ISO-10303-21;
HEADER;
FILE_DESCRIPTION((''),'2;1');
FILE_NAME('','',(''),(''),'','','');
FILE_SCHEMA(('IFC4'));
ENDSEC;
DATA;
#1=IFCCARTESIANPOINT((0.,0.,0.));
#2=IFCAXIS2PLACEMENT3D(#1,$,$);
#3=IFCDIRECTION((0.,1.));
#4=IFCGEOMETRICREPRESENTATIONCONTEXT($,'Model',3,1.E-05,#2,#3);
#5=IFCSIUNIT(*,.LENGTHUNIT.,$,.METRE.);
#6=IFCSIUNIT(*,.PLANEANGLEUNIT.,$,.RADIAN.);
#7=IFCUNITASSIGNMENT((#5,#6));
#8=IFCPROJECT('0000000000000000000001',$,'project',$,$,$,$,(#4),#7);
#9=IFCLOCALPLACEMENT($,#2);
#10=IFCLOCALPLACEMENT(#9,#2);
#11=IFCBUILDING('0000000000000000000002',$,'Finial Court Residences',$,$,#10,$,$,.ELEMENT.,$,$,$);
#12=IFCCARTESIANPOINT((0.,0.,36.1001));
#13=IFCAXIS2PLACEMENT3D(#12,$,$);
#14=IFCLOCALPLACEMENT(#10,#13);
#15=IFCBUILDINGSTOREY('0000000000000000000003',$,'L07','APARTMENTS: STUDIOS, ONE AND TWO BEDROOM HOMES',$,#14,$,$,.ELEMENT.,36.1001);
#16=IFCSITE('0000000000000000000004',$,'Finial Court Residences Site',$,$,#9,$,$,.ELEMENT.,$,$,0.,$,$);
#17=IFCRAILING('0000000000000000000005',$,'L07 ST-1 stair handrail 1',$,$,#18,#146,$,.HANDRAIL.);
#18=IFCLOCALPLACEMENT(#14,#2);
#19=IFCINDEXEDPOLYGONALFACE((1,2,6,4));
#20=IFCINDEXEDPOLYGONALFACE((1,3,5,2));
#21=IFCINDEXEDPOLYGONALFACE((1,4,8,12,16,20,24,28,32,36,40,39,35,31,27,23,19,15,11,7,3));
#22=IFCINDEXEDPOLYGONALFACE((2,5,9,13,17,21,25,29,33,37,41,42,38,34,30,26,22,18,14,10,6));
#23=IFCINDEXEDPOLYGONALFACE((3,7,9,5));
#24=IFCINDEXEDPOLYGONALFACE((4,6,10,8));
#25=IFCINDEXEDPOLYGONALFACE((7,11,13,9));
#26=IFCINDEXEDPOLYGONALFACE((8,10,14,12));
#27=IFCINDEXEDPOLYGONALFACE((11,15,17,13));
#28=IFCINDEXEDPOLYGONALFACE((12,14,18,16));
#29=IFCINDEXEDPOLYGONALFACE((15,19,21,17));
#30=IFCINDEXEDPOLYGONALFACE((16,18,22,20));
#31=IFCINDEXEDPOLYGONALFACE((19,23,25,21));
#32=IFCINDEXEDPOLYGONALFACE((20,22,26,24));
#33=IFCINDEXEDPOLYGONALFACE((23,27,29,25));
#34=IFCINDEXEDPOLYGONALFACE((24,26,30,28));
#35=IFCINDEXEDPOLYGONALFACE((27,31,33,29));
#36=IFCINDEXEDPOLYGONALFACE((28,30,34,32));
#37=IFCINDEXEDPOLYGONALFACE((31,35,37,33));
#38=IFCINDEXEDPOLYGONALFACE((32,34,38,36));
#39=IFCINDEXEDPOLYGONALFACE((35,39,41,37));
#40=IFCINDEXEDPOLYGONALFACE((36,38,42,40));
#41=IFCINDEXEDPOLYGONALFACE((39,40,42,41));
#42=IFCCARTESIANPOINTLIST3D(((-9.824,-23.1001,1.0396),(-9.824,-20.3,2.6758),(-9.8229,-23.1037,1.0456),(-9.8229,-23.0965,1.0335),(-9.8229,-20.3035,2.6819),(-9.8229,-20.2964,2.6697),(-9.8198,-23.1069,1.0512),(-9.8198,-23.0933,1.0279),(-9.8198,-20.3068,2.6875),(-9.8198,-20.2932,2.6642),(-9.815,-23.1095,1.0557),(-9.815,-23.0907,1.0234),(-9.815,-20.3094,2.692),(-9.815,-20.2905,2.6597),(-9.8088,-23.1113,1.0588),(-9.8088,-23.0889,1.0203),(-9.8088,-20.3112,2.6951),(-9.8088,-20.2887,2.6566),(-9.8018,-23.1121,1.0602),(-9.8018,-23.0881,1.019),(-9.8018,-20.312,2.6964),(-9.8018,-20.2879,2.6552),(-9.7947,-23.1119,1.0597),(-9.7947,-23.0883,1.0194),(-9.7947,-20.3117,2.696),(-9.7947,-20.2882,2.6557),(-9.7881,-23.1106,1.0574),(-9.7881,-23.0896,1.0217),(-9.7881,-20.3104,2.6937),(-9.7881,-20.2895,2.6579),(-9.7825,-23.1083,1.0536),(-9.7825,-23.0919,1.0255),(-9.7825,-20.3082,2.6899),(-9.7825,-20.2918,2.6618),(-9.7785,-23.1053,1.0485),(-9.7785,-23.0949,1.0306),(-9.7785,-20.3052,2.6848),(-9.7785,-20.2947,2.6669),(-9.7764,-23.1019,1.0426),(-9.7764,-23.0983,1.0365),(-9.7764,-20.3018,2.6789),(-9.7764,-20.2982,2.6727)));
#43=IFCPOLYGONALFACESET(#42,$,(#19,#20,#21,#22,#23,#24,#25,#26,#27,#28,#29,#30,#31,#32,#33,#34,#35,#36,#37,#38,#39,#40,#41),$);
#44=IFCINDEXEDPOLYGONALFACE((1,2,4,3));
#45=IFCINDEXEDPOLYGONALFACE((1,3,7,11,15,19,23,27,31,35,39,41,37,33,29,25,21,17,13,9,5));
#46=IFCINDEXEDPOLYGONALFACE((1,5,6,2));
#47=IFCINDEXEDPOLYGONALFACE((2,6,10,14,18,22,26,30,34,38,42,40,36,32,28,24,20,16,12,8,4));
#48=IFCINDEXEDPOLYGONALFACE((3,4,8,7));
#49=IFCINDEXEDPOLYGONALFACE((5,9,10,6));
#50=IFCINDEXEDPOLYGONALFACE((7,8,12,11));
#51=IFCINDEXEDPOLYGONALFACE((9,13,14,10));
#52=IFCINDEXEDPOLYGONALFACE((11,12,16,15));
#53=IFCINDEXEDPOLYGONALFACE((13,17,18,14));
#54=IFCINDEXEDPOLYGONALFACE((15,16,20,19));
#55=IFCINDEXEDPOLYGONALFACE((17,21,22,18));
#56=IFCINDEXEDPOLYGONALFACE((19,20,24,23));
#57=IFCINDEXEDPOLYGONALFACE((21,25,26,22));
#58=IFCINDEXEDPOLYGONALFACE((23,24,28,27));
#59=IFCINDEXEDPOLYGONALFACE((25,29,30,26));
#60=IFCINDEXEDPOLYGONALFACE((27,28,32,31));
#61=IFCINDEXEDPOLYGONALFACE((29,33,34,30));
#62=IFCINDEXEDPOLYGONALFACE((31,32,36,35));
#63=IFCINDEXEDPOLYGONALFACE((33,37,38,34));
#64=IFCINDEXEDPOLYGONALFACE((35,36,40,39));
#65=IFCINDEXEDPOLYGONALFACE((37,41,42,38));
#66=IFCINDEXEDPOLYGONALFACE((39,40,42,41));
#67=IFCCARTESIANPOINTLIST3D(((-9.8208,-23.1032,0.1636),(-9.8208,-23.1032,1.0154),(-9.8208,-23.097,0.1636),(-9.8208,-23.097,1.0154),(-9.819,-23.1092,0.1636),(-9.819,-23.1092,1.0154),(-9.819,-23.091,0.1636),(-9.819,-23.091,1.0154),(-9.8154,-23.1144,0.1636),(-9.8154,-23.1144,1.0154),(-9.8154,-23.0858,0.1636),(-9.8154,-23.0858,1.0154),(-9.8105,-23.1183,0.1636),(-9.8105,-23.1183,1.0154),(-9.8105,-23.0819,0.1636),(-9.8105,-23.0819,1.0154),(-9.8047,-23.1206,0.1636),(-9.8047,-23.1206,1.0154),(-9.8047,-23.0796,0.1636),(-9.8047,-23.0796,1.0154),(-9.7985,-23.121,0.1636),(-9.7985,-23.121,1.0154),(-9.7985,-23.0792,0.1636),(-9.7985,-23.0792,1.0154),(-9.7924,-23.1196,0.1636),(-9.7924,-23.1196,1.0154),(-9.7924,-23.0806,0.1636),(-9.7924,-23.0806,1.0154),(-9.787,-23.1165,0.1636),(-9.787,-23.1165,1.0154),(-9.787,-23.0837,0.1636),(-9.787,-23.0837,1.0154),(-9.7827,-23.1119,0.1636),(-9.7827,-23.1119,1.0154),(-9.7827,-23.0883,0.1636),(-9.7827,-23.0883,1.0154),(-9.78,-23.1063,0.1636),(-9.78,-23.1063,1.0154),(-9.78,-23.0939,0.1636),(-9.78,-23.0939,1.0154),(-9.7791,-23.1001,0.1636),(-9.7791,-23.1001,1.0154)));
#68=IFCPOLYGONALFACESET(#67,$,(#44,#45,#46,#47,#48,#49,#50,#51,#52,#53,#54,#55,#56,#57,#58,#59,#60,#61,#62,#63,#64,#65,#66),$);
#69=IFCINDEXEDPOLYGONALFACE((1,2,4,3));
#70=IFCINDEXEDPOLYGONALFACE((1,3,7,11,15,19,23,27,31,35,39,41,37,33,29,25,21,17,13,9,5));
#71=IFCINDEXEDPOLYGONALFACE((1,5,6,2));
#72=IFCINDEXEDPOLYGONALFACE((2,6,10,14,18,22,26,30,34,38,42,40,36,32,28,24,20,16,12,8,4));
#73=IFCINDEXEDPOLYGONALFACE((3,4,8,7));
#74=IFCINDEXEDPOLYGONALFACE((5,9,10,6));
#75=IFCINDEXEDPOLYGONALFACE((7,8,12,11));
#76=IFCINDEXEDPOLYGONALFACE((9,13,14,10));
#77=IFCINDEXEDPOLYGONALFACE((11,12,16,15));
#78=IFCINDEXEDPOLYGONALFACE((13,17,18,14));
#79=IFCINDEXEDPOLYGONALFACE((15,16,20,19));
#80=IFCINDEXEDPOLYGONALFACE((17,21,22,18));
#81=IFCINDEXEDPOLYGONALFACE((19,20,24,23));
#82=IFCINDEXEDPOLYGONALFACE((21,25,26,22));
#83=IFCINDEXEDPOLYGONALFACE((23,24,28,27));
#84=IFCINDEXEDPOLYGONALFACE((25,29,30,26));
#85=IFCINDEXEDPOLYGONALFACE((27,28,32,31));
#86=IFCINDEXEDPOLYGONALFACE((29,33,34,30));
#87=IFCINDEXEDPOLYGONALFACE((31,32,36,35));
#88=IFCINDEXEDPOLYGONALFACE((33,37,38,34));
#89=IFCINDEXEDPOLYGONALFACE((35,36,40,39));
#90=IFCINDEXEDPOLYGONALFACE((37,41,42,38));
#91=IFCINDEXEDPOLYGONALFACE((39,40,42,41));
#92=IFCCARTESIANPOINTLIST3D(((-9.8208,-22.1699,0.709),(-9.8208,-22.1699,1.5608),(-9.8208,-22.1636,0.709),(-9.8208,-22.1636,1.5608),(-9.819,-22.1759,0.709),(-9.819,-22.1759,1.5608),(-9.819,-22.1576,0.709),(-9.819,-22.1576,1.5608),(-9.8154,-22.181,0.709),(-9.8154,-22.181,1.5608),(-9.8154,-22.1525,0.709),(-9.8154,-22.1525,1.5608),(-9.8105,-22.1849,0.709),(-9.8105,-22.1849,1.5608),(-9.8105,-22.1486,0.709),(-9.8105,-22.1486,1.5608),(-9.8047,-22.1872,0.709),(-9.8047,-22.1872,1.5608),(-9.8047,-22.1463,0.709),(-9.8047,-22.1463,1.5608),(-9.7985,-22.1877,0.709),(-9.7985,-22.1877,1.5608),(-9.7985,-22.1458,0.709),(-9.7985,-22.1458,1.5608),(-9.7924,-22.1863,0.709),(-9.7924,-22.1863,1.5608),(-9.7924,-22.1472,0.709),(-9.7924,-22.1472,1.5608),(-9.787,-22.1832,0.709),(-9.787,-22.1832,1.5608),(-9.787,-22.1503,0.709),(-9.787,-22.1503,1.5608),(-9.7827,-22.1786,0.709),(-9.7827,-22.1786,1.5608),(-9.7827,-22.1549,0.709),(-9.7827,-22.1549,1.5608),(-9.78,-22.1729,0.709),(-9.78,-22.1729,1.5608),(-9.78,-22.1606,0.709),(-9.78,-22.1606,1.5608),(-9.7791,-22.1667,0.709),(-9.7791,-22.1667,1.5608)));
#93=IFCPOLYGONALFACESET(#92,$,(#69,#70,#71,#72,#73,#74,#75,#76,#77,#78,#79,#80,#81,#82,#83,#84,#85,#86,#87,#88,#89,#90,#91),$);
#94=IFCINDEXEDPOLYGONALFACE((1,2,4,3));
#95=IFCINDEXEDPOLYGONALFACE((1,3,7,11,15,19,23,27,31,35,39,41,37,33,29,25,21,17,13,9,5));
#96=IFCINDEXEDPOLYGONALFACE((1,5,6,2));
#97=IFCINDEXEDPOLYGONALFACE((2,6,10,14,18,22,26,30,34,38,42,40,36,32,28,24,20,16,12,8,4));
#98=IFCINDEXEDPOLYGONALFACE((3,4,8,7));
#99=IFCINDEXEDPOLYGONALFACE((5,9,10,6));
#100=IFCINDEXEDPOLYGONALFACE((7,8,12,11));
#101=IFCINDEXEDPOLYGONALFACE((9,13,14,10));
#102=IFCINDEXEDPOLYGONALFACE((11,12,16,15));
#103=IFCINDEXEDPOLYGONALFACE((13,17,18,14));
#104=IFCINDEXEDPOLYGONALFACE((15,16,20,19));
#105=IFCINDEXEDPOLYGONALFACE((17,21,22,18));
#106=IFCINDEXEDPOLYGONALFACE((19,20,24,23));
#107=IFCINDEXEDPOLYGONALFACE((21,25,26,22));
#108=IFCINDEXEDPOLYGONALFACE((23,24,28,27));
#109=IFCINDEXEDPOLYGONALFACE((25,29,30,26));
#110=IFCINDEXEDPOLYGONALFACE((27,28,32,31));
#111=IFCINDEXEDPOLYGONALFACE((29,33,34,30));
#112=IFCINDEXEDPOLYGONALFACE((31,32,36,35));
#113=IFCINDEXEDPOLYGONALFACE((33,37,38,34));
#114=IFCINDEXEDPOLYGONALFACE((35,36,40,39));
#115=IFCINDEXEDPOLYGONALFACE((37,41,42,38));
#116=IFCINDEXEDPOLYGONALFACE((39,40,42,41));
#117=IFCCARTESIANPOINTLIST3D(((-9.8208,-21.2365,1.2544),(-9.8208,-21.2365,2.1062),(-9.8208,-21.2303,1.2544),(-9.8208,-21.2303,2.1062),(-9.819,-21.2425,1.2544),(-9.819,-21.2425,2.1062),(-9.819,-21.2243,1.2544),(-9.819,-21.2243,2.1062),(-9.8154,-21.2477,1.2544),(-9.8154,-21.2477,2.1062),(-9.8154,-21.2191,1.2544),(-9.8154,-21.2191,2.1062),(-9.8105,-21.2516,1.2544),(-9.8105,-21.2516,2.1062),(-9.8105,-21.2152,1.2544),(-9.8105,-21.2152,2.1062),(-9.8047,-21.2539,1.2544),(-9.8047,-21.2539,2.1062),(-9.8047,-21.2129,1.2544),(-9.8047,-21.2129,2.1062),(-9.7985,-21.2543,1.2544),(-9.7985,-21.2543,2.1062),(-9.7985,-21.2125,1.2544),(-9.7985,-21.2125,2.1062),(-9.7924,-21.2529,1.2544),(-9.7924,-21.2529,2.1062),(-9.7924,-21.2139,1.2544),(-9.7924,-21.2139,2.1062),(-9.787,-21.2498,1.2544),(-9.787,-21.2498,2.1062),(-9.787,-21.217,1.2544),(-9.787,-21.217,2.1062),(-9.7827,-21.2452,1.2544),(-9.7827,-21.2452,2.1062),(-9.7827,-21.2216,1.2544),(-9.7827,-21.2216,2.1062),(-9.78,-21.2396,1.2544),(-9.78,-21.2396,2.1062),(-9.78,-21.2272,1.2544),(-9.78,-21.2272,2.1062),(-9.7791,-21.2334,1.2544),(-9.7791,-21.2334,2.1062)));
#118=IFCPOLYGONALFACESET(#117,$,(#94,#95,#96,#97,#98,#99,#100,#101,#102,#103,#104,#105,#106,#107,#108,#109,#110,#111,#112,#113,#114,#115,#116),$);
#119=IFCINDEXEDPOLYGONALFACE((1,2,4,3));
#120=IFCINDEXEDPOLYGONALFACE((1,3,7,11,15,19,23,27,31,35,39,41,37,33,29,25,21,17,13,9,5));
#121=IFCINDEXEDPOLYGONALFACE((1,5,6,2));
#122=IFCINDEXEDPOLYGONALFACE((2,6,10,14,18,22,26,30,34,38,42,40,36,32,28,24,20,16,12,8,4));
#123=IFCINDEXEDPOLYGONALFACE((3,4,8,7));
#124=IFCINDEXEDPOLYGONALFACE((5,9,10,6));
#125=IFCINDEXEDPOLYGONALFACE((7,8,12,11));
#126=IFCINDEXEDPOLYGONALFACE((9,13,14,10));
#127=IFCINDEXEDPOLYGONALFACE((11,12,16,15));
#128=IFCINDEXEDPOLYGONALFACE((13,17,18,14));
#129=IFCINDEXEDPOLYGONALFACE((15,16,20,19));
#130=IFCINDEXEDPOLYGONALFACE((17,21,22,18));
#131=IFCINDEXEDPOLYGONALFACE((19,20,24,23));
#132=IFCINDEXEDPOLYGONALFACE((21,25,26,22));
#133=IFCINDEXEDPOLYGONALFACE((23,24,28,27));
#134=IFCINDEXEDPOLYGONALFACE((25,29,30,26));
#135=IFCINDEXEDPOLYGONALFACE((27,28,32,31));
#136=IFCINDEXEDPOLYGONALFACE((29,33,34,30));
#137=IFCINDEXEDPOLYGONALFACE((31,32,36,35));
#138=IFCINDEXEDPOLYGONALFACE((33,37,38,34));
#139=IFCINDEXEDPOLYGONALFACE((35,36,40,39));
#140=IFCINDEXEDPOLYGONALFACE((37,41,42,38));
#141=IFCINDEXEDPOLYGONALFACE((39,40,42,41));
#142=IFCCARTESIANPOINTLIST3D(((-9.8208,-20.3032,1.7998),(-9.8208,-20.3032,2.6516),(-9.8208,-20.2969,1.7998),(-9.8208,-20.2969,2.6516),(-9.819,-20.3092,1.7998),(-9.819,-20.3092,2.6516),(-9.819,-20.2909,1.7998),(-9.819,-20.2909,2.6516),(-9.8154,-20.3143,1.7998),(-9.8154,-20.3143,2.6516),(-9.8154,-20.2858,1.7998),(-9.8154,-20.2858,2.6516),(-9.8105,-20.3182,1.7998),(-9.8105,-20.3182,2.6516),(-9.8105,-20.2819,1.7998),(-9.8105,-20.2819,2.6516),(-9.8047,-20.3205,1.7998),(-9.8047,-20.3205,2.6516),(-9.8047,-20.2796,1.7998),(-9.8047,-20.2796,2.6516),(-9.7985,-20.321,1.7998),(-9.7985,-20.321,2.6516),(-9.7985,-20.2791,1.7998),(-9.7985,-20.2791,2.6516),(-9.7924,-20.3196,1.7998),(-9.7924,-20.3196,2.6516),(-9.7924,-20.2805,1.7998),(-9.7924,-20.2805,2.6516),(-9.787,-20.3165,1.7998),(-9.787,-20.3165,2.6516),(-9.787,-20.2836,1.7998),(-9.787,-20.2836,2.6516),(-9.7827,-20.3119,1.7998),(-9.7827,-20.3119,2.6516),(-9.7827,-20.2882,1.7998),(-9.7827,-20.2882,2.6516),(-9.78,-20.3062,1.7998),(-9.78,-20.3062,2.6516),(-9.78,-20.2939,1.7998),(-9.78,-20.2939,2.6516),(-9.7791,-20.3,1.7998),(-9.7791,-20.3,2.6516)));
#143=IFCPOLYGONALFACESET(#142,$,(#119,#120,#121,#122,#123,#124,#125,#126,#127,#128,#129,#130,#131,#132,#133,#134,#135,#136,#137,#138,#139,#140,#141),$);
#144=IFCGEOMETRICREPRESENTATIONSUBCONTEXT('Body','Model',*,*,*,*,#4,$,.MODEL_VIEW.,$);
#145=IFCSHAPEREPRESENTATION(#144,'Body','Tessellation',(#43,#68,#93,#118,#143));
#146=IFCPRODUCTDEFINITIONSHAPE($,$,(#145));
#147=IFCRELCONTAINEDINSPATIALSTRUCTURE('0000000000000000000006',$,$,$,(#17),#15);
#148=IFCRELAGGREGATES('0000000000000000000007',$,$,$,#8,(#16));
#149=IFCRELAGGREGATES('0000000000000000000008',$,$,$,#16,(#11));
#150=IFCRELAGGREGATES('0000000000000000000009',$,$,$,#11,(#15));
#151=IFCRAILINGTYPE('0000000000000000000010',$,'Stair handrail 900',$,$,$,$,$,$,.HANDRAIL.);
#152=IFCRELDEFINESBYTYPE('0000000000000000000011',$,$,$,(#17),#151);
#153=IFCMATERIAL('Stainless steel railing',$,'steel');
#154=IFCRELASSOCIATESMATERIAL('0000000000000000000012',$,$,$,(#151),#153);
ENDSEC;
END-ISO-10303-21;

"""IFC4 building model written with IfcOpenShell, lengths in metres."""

from ifc_helpers import new_model, si_unit, direction, frame, origin, origin_2d, place, context, subcontext, project, spatial, circle, extrude, material, type_object, element, save


model = new_model("IFC4")

# Units and contexts
model_context = context("Model", 3, precision=1e-05, world=origin(), true_north=direction((0.0, 1.0)))
body_context = subcontext(model_context, "Body", "Model", "MODEL_VIEW")
ifc_project = project(units=[si_unit("LENGTHUNIT", "METRE"), si_unit("PLANEANGLEUNIT", "RADIAN")], contexts=[model_context])

# Site, building, storey
site_placement = place(None, origin())
site = spatial("IfcSite", under=ifc_project, at=site_placement, Name="Finial Court Residences Site", CompositionType="ELEMENT", RefElevation=0.0)
building_placement = place(site_placement, origin())
building = spatial("IfcBuilding", under=site, at=building_placement, Name="Finial Court Residences", CompositionType="ELEMENT")
storey_placement = place(building_placement, frame((0.0, 0.0, 36.1001)))
storey = spatial("IfcBuildingStorey", under=building, at=storey_placement, Name="L07", Description="APARTMENTS: STUDIOS, ONE AND TWO BEDROOM HOMES", CompositionType="ELEMENT", Elevation=36.1001)

# Railing
ifc_material_1 = material(Name="Stainless steel railing", Category="steel")
railing_type = type_object("IfcRailingType", Name="Stair handrail 900", PredefinedType="HANDRAIL", material=ifc_material_1)
railing_placement = place(storey_placement, frame((-9.8, -23.1001, 0.1636)))
element("IfcRailing", 1, at=railing_placement, inside=storey, type_object=railing_type, Name="L07 ST-1 stair handrail 1", PredefinedType="HANDRAIL", context=body_context, shape_type="SweptSolid", body=[
    extrude(circle(Radius=0.0239, at=origin_2d()), frame((0.0, 0.0, 0.876), z_axis=(0.0, 0.863394, 0.504531), x_axis=(-1.0, 0.0, 0.0)), (0.0, 0.0, 1.0), 3.2432),
    extrude(circle(Radius=0.021, at=origin_2d()), origin(), (0.0, 0.0, 1.0), 0.8518),
    extrude(circle(Radius=0.021, at=origin_2d()), frame((0.0, 0.9333, 0.5454)), (0.0, 0.0, 1.0), 0.8518),
    extrude(circle(Radius=0.021, at=origin_2d()), frame((0.0, 1.8667, 1.0908)), (0.0, 0.0, 1.0), 0.8518),
    extrude(circle(Radius=0.021, at=origin_2d()), frame((0.0, 2.8, 1.6362)), (0.0, 0.0, 1.0), 0.8518),
])

save(model, "model.ifc")
